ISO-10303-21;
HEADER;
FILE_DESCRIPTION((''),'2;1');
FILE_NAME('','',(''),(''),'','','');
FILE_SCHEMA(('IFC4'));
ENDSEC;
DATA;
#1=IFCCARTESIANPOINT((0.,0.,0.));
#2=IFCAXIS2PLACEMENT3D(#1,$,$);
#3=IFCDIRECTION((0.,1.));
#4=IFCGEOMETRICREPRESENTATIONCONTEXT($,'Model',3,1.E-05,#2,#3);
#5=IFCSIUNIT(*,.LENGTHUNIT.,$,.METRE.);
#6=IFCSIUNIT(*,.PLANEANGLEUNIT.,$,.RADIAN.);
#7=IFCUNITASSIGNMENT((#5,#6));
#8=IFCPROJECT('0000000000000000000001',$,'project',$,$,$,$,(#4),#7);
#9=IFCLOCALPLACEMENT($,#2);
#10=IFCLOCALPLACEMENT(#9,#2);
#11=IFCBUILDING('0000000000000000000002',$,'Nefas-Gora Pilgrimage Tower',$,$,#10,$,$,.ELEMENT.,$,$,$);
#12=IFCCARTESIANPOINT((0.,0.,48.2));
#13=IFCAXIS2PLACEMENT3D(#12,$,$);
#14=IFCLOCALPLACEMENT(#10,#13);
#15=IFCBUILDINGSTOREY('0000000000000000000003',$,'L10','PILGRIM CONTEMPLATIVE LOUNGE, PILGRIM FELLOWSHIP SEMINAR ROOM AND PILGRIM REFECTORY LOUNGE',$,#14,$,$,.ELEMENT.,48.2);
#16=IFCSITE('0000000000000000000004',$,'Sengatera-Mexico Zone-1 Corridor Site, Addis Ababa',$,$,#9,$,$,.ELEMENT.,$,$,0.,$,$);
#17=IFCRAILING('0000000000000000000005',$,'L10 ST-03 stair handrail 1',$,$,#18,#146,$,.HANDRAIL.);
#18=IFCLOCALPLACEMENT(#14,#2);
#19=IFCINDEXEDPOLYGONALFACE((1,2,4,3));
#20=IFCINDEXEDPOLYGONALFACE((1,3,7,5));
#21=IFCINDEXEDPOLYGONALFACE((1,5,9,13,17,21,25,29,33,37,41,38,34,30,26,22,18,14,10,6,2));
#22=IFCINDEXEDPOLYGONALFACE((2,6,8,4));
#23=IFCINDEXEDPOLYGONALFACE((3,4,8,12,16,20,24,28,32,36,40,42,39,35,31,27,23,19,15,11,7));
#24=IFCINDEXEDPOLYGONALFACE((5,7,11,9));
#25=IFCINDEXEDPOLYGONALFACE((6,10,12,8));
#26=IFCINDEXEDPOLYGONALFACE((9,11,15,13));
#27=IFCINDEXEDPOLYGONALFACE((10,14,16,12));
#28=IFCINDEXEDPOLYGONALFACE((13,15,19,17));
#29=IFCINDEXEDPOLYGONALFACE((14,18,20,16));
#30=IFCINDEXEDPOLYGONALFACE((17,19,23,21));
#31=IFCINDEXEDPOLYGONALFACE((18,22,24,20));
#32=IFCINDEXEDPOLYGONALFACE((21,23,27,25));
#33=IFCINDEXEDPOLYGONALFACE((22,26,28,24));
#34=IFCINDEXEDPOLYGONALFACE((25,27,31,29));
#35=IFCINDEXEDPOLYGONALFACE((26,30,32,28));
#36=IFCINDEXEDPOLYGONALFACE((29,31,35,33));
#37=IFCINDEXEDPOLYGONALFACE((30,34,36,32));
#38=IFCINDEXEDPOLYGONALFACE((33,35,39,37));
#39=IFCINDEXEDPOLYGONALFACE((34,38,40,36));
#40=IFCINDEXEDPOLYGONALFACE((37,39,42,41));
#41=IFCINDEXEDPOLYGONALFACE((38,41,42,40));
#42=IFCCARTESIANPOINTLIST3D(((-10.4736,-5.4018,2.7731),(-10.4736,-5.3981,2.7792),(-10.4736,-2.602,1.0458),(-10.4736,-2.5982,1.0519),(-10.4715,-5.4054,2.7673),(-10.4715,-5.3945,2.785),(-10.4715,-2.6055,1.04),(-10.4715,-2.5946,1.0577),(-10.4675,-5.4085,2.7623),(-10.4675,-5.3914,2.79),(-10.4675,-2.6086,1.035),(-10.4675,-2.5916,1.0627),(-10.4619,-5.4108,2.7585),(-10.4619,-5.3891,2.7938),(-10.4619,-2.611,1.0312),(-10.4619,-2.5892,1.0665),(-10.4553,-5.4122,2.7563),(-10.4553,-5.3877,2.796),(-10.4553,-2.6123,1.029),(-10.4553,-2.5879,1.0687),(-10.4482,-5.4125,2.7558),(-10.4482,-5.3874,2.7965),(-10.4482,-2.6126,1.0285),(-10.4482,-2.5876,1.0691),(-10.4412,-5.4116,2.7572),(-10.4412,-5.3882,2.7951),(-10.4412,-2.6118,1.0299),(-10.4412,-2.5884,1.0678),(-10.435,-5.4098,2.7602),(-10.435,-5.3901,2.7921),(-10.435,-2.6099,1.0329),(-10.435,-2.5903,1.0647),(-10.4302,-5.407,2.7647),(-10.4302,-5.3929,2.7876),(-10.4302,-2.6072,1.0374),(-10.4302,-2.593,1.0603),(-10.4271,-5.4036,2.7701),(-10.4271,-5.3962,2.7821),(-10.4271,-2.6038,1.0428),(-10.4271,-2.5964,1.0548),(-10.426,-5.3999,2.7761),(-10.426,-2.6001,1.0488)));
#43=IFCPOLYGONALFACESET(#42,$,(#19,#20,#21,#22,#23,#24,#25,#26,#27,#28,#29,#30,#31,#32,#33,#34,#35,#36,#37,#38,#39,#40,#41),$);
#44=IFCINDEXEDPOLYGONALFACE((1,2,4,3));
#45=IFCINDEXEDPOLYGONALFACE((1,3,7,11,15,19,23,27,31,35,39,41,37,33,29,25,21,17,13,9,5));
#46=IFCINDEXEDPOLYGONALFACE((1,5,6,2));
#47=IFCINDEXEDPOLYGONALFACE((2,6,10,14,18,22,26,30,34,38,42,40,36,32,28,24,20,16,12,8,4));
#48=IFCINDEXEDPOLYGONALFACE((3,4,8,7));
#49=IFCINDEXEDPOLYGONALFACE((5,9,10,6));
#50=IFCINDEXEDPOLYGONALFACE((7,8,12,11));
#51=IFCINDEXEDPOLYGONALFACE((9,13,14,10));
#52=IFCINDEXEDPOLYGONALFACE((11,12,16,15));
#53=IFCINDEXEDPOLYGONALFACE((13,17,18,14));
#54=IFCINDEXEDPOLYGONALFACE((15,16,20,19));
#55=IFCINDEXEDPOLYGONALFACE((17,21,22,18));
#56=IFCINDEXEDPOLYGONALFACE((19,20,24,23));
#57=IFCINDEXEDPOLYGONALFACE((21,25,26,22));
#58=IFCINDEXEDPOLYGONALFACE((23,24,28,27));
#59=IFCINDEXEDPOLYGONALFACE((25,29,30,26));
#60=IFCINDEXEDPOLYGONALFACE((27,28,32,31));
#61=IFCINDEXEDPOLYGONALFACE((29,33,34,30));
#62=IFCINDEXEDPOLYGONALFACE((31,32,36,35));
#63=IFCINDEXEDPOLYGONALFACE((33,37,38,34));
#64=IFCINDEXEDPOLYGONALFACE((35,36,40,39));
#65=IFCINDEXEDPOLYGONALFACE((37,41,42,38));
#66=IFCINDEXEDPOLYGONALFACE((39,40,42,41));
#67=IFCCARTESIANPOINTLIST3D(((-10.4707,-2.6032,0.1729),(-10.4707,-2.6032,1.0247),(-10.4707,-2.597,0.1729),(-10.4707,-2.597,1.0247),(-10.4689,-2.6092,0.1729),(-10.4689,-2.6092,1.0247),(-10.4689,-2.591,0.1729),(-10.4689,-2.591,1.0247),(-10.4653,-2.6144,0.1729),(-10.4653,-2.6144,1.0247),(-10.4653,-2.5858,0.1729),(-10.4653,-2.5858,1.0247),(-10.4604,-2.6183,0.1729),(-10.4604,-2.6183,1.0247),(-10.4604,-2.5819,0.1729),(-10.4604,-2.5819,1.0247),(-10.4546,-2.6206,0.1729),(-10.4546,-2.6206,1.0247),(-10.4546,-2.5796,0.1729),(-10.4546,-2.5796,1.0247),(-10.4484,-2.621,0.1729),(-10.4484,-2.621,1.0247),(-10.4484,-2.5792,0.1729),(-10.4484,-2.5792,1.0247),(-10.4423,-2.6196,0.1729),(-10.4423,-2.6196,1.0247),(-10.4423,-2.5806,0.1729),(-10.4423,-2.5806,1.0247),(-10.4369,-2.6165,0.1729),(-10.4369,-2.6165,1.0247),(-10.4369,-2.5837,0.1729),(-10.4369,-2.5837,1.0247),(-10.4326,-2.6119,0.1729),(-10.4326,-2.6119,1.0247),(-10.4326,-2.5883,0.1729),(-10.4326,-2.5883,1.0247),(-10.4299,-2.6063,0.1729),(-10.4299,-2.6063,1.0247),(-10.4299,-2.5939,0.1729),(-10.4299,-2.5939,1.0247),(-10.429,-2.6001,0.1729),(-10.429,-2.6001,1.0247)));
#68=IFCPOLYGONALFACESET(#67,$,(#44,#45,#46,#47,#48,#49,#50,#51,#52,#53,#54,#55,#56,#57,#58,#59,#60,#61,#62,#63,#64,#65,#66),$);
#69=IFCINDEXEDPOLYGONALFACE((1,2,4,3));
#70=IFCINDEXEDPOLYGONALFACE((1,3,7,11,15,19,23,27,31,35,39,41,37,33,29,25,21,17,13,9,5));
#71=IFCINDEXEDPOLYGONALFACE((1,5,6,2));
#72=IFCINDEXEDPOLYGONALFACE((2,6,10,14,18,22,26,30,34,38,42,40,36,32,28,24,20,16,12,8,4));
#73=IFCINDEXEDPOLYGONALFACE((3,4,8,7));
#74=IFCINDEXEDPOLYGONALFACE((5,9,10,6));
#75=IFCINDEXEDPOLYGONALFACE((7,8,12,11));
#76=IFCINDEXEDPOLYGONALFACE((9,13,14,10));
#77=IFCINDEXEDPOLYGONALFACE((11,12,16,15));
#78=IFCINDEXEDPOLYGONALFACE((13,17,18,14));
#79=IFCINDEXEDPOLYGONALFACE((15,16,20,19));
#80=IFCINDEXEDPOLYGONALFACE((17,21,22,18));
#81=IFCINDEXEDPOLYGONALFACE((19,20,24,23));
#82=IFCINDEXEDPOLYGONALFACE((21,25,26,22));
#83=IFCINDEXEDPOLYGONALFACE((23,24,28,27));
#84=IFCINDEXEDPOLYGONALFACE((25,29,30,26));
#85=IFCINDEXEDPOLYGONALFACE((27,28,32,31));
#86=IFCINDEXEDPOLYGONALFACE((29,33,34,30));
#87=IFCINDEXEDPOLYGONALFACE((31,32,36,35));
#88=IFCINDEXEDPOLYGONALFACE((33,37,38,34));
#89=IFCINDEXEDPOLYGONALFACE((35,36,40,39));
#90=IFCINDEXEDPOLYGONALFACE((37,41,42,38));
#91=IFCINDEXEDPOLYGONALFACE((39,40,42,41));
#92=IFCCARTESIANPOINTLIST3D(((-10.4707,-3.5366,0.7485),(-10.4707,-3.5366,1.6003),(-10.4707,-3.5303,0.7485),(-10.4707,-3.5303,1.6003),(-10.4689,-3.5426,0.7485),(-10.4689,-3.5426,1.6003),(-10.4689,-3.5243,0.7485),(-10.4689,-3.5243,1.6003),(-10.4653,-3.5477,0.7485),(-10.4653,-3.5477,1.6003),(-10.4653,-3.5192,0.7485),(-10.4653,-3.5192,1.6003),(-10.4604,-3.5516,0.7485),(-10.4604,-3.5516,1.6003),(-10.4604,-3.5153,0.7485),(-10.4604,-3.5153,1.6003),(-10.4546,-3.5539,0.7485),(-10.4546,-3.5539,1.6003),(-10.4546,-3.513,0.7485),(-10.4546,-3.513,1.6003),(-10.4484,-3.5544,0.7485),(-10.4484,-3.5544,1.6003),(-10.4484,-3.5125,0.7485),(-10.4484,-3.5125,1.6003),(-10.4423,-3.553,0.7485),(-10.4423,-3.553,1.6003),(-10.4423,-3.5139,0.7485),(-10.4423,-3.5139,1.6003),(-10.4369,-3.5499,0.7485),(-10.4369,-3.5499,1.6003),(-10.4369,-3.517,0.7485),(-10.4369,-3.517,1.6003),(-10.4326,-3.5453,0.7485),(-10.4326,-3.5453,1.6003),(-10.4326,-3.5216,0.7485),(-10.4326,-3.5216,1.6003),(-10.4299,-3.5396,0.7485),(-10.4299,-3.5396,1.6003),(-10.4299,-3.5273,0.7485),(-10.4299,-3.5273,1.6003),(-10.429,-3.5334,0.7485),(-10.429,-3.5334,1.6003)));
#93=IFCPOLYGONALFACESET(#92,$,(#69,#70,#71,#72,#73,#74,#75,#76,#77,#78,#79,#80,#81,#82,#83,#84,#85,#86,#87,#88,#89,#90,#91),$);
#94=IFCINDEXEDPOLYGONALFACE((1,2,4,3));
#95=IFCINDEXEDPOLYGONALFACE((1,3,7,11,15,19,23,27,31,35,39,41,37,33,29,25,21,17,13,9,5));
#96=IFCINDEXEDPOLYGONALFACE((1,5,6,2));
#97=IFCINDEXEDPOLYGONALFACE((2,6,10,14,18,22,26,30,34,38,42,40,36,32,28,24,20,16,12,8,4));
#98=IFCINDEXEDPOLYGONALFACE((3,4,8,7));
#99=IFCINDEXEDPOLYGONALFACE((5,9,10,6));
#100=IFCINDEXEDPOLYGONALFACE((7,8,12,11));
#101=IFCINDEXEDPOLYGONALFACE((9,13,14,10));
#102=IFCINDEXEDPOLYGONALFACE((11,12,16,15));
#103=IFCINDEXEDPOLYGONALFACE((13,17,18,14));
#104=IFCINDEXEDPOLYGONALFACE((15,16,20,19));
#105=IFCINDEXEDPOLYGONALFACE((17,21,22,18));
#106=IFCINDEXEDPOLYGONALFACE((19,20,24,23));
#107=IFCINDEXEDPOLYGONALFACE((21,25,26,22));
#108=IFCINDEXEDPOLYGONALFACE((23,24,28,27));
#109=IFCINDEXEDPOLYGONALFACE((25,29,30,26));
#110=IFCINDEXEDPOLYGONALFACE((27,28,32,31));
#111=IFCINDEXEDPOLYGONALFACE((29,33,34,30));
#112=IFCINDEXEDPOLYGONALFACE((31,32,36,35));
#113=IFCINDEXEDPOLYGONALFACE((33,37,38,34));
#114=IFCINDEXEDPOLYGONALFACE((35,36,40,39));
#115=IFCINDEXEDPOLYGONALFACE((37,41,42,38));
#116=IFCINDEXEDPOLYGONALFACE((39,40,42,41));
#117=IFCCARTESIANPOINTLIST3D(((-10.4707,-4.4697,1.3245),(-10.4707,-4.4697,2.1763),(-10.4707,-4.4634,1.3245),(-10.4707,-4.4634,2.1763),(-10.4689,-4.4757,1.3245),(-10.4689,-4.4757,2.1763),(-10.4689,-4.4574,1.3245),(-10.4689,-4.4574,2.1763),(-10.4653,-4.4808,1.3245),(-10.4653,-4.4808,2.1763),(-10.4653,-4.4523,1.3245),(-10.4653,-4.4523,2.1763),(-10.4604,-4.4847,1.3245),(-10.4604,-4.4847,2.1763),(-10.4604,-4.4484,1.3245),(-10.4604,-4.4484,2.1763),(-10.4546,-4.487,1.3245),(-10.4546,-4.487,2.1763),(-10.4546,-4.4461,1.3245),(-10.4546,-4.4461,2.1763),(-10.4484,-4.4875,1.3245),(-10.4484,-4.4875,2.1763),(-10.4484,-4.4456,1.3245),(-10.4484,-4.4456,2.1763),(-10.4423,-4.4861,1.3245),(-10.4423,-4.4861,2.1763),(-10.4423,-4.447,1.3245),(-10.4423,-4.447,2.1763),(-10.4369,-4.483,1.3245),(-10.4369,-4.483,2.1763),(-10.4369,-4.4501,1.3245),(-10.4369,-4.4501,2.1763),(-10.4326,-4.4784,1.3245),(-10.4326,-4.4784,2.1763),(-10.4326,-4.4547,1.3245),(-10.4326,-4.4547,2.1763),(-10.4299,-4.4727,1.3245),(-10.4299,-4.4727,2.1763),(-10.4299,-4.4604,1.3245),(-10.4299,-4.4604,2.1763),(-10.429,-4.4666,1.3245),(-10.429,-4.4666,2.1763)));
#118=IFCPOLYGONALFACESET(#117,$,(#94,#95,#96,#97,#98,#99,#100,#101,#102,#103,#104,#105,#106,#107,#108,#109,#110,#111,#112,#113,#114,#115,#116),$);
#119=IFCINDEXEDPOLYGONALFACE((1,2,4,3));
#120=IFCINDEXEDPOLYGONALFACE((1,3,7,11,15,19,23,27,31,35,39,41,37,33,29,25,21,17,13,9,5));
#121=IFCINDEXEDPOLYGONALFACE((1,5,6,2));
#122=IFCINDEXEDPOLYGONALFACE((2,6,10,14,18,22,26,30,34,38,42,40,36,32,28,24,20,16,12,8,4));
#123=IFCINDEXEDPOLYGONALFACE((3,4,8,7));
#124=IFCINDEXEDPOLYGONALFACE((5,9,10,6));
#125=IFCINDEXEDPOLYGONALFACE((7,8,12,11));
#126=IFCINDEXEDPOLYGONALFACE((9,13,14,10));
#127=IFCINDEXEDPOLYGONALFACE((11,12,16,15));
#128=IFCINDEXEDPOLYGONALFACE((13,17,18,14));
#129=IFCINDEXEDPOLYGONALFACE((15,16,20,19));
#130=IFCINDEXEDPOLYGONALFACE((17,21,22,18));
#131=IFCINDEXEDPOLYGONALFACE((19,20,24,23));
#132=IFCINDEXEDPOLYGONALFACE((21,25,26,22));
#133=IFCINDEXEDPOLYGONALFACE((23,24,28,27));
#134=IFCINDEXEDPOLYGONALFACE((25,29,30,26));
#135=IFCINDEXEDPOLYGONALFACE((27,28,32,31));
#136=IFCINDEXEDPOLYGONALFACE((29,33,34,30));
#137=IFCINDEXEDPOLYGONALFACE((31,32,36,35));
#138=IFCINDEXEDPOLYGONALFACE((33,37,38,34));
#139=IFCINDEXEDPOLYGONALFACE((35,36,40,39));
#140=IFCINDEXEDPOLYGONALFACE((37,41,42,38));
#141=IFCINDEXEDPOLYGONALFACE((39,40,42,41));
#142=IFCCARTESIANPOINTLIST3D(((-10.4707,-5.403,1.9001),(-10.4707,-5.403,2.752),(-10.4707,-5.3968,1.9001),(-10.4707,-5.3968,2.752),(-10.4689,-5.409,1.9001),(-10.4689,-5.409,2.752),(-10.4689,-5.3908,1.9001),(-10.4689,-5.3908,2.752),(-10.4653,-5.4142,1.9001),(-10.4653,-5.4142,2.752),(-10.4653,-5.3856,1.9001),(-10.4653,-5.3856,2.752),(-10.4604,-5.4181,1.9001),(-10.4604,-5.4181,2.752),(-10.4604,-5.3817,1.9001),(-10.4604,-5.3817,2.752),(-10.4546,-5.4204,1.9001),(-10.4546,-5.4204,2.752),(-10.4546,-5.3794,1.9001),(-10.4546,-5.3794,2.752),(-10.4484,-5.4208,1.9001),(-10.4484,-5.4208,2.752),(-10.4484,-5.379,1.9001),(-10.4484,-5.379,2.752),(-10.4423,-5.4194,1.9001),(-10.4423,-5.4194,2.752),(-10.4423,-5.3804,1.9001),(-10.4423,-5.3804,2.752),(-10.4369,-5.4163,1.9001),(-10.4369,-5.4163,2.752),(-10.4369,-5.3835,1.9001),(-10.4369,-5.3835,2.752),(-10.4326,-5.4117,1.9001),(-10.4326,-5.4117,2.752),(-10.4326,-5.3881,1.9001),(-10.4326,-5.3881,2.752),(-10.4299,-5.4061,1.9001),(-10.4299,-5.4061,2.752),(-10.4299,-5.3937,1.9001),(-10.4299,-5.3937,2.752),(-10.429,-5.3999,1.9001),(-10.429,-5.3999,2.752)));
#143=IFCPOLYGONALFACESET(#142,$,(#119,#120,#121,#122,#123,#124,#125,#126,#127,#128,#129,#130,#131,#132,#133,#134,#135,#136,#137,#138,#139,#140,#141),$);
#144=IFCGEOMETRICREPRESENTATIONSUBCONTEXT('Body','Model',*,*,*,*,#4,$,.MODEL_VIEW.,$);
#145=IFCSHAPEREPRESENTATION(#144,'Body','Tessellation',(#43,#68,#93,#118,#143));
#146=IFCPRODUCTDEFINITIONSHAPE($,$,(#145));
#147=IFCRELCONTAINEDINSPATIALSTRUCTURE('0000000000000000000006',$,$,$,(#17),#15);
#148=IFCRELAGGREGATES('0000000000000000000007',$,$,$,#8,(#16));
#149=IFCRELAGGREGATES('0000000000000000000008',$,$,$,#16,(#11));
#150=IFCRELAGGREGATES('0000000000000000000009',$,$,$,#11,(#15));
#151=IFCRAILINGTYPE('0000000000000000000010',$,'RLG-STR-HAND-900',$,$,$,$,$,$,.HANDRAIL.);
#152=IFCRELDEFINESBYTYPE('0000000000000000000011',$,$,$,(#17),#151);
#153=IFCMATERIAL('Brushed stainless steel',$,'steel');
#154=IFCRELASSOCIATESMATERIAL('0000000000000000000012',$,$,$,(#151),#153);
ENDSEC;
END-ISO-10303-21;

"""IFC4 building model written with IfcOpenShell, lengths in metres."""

from ifc_helpers import new_model, si_unit, direction, frame, origin, origin_2d, place, context, subcontext, project, spatial, circle, extrude, material, type_object, element, save


model = new_model("IFC4")

# Units and contexts
model_context = context("Model", 3, precision=1e-05, world=origin(), true_north=direction((0.0, 1.0)))
body_context = subcontext(model_context, "Body", "Model", "MODEL_VIEW")
ifc_project = project(units=[si_unit("LENGTHUNIT", "METRE"), si_unit("PLANEANGLEUNIT", "RADIAN")], contexts=[model_context])

# Site, building, storey
site_placement = place(None, origin())
site = spatial("IfcSite", under=ifc_project, at=site_placement, Name="Sengatera-Mexico Zone-1 Corridor Site, Addis Ababa", CompositionType="ELEMENT", RefElevation=0.0)
building_placement = place(site_placement, origin())
building = spatial("IfcBuilding", under=site, at=building_placement, Name="Nefas-Gora Pilgrimage Tower", CompositionType="ELEMENT")
storey_placement = place(building_placement, frame((0.0, 0.0, 48.2)))
storey = spatial("IfcBuildingStorey", under=building, at=storey_placement, Name="L10", Description="PILGRIM CONTEMPLATIVE LOUNGE, PILGRIM FELLOWSHIP SEMINAR ROOM AND PILGRIM REFECTORY LOUNGE", CompositionType="ELEMENT", Elevation=48.2)

# Railing
ifc_material_1 = material(Name="Brushed stainless steel", Category="steel")
railing_type_1 = type_object("IfcRailingType", Name="RLG-STR-HAND-900", PredefinedType="HANDRAIL", material=ifc_material_1)
railing_1_placement = place(storey_placement, frame((-10.45, -2.6001, 0.1729)))
element("IfcRailing", 1, at=railing_1_placement, inside=storey, type_object=railing_type_1, Name="L10 ST-03 stair handrail 1", PredefinedType="HANDRAIL", context=body_context, shape_type="SweptSolid", body=[
    extrude(circle(Radius=0.0239, at=origin_2d()), frame((0.0, 0.0, 0.876), z_axis=(0.0, -0.851069, 0.525054), x_axis=(1.0, 0.0, 0.0)), (0.0, 0.0, 1.0), 3.2898),
    extrude(circle(Radius=0.021, at=origin_2d()), origin(), (0.0, 0.0, 1.0), 0.8518),
    extrude(circle(Radius=0.021, at=origin_2d()), frame((0.0, -0.9333, 0.5757)), (0.0, 0.0, 1.0), 0.8518),
    extrude(circle(Radius=0.021, at=origin_2d()), frame((0.0, -1.8665, 1.1516)), (0.0, 0.0, 1.0), 0.8518),
    extrude(circle(Radius=0.021, at=origin_2d()), frame((0.0, -2.7998, 1.7273)), (0.0, 0.0, 1.0), 0.8518),
])

save(model, "model.ifc")
